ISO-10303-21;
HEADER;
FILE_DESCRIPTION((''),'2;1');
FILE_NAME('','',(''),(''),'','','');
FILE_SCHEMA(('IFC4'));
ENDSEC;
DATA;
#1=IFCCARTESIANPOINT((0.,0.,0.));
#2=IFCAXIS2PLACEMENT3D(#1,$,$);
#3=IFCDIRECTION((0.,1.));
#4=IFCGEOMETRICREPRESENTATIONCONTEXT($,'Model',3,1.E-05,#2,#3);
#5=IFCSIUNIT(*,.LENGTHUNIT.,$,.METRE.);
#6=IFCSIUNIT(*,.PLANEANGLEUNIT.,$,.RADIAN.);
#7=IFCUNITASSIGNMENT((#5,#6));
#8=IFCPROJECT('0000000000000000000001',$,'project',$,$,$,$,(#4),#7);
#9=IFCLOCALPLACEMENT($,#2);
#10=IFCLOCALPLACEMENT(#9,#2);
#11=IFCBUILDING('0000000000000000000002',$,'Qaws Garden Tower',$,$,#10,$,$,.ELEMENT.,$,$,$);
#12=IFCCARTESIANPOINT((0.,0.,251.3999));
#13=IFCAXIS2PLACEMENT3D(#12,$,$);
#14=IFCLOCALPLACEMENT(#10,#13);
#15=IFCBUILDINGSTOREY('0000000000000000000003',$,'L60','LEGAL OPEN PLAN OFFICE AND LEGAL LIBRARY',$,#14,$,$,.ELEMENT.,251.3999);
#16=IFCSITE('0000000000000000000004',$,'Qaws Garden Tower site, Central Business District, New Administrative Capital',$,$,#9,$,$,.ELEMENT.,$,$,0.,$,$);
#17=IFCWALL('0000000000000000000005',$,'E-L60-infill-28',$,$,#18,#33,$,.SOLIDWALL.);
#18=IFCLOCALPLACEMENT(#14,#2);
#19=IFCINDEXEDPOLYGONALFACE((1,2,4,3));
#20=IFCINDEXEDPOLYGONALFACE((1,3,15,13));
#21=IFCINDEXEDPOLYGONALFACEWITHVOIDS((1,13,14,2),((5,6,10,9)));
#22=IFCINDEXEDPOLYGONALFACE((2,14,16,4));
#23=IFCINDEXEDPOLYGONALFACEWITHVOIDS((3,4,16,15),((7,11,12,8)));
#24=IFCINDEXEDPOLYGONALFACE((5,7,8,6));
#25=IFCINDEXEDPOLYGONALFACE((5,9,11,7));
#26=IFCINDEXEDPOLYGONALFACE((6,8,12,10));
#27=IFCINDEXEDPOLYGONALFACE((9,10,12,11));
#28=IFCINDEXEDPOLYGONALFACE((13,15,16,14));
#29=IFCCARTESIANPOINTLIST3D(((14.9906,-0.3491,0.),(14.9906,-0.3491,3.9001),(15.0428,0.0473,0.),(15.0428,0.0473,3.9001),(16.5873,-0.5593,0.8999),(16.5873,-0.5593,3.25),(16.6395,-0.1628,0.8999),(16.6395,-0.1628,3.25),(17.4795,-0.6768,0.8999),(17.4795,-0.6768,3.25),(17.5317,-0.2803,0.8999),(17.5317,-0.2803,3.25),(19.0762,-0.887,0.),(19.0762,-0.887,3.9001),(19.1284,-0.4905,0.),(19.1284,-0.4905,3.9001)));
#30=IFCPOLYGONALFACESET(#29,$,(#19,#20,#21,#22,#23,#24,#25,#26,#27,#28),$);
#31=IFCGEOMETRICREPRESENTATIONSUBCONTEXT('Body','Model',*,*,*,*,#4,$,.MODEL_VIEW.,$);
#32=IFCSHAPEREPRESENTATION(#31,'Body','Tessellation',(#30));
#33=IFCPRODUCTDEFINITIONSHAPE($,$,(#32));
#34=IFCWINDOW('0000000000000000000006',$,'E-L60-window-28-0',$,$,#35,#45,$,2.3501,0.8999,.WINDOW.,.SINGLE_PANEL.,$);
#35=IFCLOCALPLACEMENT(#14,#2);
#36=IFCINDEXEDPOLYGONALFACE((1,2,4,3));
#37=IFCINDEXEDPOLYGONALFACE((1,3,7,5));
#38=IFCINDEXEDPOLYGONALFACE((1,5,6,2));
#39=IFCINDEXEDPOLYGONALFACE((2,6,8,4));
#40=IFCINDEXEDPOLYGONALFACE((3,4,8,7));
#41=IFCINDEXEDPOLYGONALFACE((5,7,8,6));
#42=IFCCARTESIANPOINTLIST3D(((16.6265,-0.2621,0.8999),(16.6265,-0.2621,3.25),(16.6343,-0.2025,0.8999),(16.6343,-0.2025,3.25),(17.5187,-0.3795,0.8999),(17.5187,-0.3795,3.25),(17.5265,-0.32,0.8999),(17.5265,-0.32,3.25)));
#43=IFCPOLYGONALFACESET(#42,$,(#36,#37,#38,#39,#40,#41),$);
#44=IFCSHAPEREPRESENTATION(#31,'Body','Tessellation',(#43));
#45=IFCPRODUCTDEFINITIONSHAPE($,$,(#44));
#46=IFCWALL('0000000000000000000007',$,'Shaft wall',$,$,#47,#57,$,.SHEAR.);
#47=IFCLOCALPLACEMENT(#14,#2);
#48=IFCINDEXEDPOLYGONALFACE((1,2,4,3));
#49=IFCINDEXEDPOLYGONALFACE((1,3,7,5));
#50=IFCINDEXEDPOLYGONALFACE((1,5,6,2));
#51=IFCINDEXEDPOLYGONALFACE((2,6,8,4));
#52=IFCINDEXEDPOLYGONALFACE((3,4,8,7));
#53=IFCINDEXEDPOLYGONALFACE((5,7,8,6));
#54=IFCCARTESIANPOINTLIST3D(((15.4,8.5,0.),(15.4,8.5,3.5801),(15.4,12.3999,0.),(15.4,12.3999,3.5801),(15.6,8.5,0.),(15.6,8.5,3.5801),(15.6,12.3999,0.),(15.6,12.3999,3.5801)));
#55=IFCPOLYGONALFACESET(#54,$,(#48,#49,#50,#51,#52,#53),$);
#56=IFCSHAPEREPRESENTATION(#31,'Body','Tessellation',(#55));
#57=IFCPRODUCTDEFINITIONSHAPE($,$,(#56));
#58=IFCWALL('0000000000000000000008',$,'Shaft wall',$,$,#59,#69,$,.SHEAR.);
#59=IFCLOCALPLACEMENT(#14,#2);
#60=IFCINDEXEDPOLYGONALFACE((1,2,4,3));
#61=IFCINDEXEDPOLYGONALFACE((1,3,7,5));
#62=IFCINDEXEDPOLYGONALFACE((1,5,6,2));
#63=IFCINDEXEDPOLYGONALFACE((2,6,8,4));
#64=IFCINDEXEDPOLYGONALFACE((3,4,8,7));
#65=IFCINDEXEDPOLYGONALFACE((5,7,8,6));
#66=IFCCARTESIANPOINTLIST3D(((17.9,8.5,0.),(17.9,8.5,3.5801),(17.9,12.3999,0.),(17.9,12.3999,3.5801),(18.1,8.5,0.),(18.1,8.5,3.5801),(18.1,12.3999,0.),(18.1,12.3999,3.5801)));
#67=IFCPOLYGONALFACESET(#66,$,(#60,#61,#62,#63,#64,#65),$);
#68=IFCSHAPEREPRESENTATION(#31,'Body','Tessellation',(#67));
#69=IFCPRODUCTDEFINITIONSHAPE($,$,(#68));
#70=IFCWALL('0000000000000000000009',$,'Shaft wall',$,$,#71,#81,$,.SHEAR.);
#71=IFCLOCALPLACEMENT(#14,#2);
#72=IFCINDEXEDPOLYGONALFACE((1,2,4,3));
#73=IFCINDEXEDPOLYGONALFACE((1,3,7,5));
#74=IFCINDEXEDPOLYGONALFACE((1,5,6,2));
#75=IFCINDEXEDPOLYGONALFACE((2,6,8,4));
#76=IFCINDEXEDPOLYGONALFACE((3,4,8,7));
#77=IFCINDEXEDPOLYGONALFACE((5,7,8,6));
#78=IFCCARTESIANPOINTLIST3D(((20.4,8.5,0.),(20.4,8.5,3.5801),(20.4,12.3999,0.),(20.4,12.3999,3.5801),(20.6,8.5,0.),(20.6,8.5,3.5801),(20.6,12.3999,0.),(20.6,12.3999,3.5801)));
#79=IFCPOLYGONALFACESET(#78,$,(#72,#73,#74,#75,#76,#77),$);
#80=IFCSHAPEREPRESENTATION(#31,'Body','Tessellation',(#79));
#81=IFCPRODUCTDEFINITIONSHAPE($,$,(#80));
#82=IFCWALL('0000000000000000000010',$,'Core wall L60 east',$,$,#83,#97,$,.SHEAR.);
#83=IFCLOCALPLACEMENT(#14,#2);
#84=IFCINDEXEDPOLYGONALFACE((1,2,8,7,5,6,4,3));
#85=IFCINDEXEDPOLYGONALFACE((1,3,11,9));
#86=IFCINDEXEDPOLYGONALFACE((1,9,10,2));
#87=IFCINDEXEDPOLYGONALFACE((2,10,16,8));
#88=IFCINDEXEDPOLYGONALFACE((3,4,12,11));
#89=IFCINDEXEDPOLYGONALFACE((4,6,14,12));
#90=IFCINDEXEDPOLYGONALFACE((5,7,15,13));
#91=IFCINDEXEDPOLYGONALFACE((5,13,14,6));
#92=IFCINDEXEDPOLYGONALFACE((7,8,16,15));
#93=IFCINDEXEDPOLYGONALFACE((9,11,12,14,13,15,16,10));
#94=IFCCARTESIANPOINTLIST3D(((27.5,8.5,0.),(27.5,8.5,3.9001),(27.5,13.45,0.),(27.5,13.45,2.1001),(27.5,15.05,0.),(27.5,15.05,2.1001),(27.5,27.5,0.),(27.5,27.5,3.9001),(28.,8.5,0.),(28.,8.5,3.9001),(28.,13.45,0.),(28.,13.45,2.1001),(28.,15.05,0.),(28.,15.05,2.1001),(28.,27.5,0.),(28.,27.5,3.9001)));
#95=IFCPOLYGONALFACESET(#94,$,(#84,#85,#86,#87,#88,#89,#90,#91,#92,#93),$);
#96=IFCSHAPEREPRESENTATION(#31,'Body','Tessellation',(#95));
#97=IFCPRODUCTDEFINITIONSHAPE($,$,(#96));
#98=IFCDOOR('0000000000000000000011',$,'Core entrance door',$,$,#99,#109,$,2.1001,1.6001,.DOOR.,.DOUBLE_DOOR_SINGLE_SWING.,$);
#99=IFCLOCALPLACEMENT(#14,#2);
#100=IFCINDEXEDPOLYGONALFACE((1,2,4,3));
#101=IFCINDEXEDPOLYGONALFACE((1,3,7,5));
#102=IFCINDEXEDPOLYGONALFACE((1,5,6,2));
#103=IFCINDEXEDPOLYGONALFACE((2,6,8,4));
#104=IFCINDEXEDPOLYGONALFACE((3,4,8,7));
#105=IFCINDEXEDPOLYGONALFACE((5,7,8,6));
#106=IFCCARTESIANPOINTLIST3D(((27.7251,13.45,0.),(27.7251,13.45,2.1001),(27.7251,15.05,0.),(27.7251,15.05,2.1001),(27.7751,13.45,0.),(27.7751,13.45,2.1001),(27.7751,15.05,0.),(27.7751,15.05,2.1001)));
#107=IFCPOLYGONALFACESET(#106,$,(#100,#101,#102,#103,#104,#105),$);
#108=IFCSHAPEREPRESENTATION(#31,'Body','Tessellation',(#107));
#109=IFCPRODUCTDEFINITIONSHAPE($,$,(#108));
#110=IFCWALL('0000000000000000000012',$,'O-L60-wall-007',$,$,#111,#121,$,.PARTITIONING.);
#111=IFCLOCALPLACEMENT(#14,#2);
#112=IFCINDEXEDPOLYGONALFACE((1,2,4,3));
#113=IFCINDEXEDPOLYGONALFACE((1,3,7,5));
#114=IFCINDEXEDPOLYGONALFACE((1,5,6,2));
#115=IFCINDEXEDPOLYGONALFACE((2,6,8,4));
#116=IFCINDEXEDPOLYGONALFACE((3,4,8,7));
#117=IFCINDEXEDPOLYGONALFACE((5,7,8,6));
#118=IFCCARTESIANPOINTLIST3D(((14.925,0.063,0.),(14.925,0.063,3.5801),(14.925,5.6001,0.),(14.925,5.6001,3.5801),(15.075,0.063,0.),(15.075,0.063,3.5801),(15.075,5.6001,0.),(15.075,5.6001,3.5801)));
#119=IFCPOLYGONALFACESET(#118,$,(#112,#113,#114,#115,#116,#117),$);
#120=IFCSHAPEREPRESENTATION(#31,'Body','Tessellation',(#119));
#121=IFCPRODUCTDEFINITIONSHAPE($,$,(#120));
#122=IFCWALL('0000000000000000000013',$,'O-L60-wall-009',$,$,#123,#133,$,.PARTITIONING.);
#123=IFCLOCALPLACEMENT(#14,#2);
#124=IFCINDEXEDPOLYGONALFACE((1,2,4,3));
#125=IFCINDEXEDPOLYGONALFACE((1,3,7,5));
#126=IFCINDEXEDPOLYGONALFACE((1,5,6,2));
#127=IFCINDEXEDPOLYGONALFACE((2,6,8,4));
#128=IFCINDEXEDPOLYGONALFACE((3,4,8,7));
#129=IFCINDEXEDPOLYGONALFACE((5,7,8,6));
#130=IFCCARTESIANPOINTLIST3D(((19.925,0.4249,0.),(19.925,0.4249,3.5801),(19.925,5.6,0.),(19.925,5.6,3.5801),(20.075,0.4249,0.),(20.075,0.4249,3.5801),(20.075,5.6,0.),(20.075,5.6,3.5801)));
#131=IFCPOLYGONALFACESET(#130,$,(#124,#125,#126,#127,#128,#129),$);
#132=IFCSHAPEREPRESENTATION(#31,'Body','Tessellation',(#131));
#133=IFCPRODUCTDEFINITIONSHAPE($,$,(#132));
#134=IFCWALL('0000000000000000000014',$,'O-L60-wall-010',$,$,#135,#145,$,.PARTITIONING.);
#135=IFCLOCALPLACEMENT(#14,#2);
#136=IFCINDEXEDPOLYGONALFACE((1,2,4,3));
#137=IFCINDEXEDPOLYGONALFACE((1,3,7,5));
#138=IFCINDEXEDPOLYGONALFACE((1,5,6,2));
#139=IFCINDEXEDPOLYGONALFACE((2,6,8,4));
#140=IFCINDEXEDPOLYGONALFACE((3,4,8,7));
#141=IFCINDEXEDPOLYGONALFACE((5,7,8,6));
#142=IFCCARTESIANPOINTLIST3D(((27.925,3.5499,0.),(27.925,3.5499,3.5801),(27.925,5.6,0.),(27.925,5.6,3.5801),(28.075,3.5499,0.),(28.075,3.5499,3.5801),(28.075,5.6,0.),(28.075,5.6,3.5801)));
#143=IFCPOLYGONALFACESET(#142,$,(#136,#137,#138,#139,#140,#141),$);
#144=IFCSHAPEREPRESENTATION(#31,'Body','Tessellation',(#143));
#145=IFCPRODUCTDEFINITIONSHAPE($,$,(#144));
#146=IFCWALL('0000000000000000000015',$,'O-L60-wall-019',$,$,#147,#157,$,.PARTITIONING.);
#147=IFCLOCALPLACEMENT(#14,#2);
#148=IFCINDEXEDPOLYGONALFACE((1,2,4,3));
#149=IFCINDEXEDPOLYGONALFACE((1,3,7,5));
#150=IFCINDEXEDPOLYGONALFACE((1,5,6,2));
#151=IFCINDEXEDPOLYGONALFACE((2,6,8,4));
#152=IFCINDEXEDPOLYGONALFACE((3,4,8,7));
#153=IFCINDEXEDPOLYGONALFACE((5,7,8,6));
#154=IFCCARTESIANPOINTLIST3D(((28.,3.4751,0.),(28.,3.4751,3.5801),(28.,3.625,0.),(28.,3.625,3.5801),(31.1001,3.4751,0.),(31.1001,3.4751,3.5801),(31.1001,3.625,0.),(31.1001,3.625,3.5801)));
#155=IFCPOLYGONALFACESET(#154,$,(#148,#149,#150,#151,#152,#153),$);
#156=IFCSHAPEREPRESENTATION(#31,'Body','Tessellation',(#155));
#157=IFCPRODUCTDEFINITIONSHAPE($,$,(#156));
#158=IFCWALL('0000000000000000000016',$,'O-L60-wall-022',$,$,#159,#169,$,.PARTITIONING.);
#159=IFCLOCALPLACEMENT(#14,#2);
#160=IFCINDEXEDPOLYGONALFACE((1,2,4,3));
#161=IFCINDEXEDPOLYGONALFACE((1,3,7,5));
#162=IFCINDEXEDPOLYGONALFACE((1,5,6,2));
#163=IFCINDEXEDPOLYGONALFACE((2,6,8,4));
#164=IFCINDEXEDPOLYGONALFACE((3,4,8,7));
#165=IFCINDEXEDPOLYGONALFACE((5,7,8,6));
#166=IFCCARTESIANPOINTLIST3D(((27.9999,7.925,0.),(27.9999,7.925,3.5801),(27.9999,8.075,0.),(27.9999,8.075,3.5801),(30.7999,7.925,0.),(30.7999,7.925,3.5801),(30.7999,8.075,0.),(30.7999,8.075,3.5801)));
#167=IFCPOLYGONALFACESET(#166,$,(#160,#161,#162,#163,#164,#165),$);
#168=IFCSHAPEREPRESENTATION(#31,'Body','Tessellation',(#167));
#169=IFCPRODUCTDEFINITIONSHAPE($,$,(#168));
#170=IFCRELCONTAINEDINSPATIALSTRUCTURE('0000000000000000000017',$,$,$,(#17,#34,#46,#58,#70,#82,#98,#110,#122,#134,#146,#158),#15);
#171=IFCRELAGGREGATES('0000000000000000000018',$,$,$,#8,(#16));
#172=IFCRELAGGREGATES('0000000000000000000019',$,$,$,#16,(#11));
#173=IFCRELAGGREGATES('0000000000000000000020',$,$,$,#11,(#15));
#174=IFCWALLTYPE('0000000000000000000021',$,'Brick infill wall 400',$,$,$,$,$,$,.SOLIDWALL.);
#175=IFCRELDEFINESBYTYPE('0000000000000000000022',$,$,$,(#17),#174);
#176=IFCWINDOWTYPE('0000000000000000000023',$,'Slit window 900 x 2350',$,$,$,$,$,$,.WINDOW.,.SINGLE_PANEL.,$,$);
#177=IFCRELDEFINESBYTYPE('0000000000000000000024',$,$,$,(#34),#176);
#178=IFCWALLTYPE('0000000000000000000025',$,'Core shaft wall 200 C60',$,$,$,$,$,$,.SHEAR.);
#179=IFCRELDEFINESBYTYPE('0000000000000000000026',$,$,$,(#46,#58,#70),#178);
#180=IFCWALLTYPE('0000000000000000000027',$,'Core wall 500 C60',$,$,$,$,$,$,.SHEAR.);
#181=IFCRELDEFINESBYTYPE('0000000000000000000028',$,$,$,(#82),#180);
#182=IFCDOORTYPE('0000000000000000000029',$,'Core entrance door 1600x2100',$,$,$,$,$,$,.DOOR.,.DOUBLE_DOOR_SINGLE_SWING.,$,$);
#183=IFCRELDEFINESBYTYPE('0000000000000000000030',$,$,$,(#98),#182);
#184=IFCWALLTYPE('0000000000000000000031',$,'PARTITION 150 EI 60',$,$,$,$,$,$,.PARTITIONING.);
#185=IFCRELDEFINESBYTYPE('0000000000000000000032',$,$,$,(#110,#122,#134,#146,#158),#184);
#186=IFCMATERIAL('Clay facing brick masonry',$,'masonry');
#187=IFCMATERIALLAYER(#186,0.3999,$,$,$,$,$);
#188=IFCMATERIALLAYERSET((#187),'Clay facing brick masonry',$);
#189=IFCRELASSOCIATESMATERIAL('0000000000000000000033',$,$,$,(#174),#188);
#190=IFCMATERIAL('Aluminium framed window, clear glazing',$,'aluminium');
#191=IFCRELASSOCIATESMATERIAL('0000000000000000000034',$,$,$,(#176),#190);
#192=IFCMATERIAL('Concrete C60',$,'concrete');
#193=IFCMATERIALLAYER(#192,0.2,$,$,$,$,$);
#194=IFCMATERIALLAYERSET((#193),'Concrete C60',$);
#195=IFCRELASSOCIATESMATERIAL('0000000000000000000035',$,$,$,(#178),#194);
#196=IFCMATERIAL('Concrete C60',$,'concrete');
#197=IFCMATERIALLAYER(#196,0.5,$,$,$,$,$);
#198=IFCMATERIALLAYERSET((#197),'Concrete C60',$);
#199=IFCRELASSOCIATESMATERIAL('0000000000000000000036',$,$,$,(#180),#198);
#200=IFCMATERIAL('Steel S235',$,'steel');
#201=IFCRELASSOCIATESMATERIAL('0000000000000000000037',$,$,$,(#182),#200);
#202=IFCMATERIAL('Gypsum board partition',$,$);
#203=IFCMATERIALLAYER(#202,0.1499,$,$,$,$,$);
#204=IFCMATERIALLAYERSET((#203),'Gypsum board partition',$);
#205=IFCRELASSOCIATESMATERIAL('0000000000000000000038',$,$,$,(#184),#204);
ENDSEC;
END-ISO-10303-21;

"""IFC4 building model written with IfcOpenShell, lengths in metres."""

from ifc_helpers import new_model, si_unit, direction, frame, frame_2d, origin, place, context, subcontext, project, spatial, rectangle, extrude, material, layer, layer_set, type_object, element, fill, save


model = new_model("IFC4")

# Units and contexts
model_context = context("Model", 3, precision=1e-05, world=origin(), true_north=direction((0.0, 1.0)))
body_context = subcontext(model_context, "Body", "Model", "MODEL_VIEW")
ifc_project = project(units=[si_unit("LENGTHUNIT", "METRE"), si_unit("PLANEANGLEUNIT", "RADIAN")], contexts=[model_context])

# Site, building, storey
site_placement = place(None, origin())
site = spatial("IfcSite", under=ifc_project, at=site_placement, Name="Qaws Garden Tower site, Central Business District, New Administrative Capital", CompositionType="ELEMENT", RefElevation=0.0)
building_placement = place(site_placement, origin())
building = spatial("IfcBuilding", under=site, at=building_placement, Name="Qaws Garden Tower", CompositionType="ELEMENT")
storey_placement = place(building_placement, frame((0.0, 0.0, 251.3999)))
storey = spatial("IfcBuildingStorey", under=building, at=storey_placement, Name="L60", Description="LEGAL OPEN PLAN OFFICE AND LEGAL LIBRARY", CompositionType="ELEMENT", Elevation=251.3999)

# Shared definitions
ifc_material_1 = material(Name="Clay facing brick masonry", Category="masonry")
ifc_layer_1 = layer(ifc_material_1, 0.3999)
ifc_layer_set_1 = layer_set([ifc_layer_1], Name="Clay facing brick masonry")
wall_type_1 = type_object("IfcWallType", Name="Brick infill wall 400", PredefinedType="SOLIDWALL", material=ifc_layer_set_1)
ifc_material_2 = material(Name="Aluminium framed window, clear glazing", Category="aluminium")
window_type = type_object("IfcWindowType", Name="Slit window 900 x 2350", PartitioningType="SINGLE_PANEL", PredefinedType="WINDOW", material=ifc_material_2)

# Wall, opening, window
wall_1_placement = place(storey_placement, frame((15.0166, -0.1509, 0.0), z_axis=(0.0, 0.0, 1.0), x_axis=(0.991446, -0.130514, 0.0)))
wall_1 = element("IfcWall", 1, at=wall_1_placement, inside=storey, type_object=wall_type_1, Name="E-L60-infill-28", PredefinedType="SOLIDWALL", context=body_context, shape_type="SweptSolid", body=[
    extrude(rectangle(XDim=4.1208, YDim=0.3999, at=frame_2d((2.0605, 0.0))), origin(), (0.0, 0.0, 1.0), 3.9001),
])
opening_1_placement = place(wall_1_placement, frame((1.6106, 0.0, 0.8999)))
opening_1 = element("IfcOpeningElement", 2, at=opening_1_placement, cuts=wall_1, PredefinedType="OPENING", context=body_context, shape_type="SweptSolid", body=[
    extrude(rectangle(XDim=0.8999, YDim=2.3501, at=frame_2d((0.45, 1.175))), frame((0.0, 0.21, 0.0), z_axis=(0.0, -1.0, 0.0), x_axis=(1.0, 0.0, 0.0)), (0.0, 0.0, 1.0), 0.4199),
])
window_1_placement = place(opening_1_placement, origin())
window_1 = element("IfcWindow", 3, at=window_1_placement, inside=storey, type_object=window_type, Name="E-L60-window-28-0", OverallHeight=2.3501, OverallWidth=0.8999, PartitioningType="SINGLE_PANEL", PredefinedType="WINDOW", context=body_context, shape_type="SweptSolid", body=[
    extrude(rectangle(XDim=0.8999, YDim=2.3501, at=frame_2d((0.45, 1.175))), frame((0.0, 0.1599, 0.0), z_axis=(0.0, -1.0, 0.0), x_axis=(1.0, 0.0, 0.0)), (0.0, 0.0, 1.0), 0.0601),
])
fill(opening_1, window_1)

# Walls
ifc_material_3 = material(Name="Concrete C60", Category="concrete")
ifc_layer_2 = layer(ifc_material_3, 0.2)
ifc_layer_set_2 = layer_set([ifc_layer_2], Name="Concrete C60")
wall_type_2 = type_object("IfcWallType", Name="Core shaft wall 200 C60", PredefinedType="SHEAR", material=ifc_layer_set_2)
for number, where, z_axis, x_axis, name in (
    (4, (15.5, 8.5, 0.0), (0.0, 0.0, 1.0), (0.0, 1.0, 0.0), "Shaft wall"),
    (5, (18.0, 8.5, 0.0), (0.0, 0.0, 1.0), (0.0, 1.0, 0.0), "Shaft wall"),
    (6, (20.5, 8.5, 0.0), (0.0, 0.0, 1.0), (0.0, 1.0, 0.0), "Shaft wall"),
):
    element("IfcWall", number, at=place(storey_placement, frame(where, z_axis=z_axis, x_axis=x_axis)), inside=storey, type_object=wall_type_2, Name=name, PredefinedType="SHEAR", context=body_context, shape_type="SweptSolid", body=[
        extrude(rectangle(XDim=3.8999, YDim=0.2, at=frame_2d((1.95, 0.0))), origin(), (0.0, 0.0, 1.0), 3.5801),
    ])

# Wall, opening, door
ifc_material_4 = material(Name="Concrete C60", Category="concrete")
ifc_layer_3 = layer(ifc_material_4, 0.5)
ifc_layer_set_3 = layer_set([ifc_layer_3], Name="Concrete C60")
wall_type_3 = type_object("IfcWallType", Name="Core wall 500 C60", PredefinedType="SHEAR", material=ifc_layer_set_3)
wall_2_placement = place(storey_placement, frame((27.75, 8.5, 0.0), z_axis=(0.0, 0.0, 1.0), x_axis=(0.0, 1.0, 0.0)))
wall_2 = element("IfcWall", 7, at=wall_2_placement, inside=storey, type_object=wall_type_3, Name="Core wall L60 east", PredefinedType="SHEAR", context=body_context, shape_type="SweptSolid", body=[
    extrude(rectangle(XDim=19.0, YDim=0.5, at=frame_2d((9.5, 0.0))), origin(), (0.0, 0.0, 1.0), 3.9001),
])
opening_2_placement = place(wall_2_placement, frame((4.95, 0.0, 0.0)))
opening_2 = element("IfcOpeningElement", 8, at=opening_2_placement, cuts=wall_2, PredefinedType="OPENING", context=body_context, shape_type="SweptSolid", body=[
    extrude(rectangle(XDim=1.6001, YDim=2.1001, at=frame_2d((0.8, 1.05))), frame((0.0, 0.26, 0.0), z_axis=(0.0, -1.0, 0.0), x_axis=(1.0, 0.0, 0.0)), (0.0, 0.0, 1.0), 0.52),
])
ifc_material_5 = material(Name="Steel S235", Category="steel")
door_type = type_object("IfcDoorType", Name="Core entrance door 1600x2100", OperationType="DOUBLE_DOOR_SINGLE_SWING", PredefinedType="DOOR", material=ifc_material_5)
door_placement = place(opening_2_placement, origin())
door = element("IfcDoor", 9, at=door_placement, inside=storey, type_object=door_type, Name="Core entrance door", OperationType="DOUBLE_DOOR_SINGLE_SWING", OverallHeight=2.1001, OverallWidth=1.6001, PredefinedType="DOOR", context=body_context, shape_type="SweptSolid", body=[
    extrude(rectangle(XDim=1.6001, YDim=2.1001, at=frame_2d((0.8, 1.05))), frame((0.0, 0.0249, 0.0), z_axis=(0.0, -1.0, 0.0), x_axis=(1.0, 0.0, 0.0)), (0.0, 0.0, 1.0), 0.05),
])
fill(opening_2, door)

# Walls
ifc_material_6 = material(Name="Gypsum board partition")
ifc_layer_4 = layer(ifc_material_6, 0.1499)
ifc_layer_set_4 = layer_set([ifc_layer_4], Name="Gypsum board partition")
wall_type_4 = type_object("IfcWallType", Name="PARTITION 150 EI 60", PredefinedType="PARTITIONING", material=ifc_layer_set_4)
wall_3_placement = place(storey_placement, frame((15.0, 0.063, 0.0), z_axis=(0.0, 0.0, 1.0), x_axis=(0.0, 1.0, 0.0)))
element("IfcWall", 10, at=wall_3_placement, inside=storey, type_object=wall_type_4, Name="O-L60-wall-007", PredefinedType="PARTITIONING", context=body_context, shape_type="SweptSolid", body=[
    extrude(rectangle(XDim=5.5371, YDim=0.1499, at=frame_2d((2.7686, 0.0))), origin(), (0.0, 0.0, 1.0), 3.5801),
])
wall_4_placement = place(storey_placement, frame((20.0, 0.425, 0.0), z_axis=(0.0, 0.0, 1.0), x_axis=(0.0, 1.0, 0.0)))
element("IfcWall", 11, at=wall_4_placement, inside=storey, type_object=wall_type_4, Name="O-L60-wall-009", PredefinedType="PARTITIONING", context=body_context, shape_type="SweptSolid", body=[
    extrude(rectangle(XDim=5.175, YDim=0.1499, at=frame_2d((2.5874, 0.0))), origin(), (0.0, 0.0, 1.0), 3.5801),
])
wall_5_placement = place(storey_placement, frame((28.0, 3.55, 0.0), z_axis=(0.0, 0.0, 1.0), x_axis=(0.0, 1.0, 0.0)))
element("IfcWall", 12, at=wall_5_placement, inside=storey, type_object=wall_type_4, Name="O-L60-wall-010", PredefinedType="PARTITIONING", context=body_context, shape_type="SweptSolid", body=[
    extrude(rectangle(XDim=2.05, YDim=0.1499, at=frame_2d((1.0249, 0.0))), origin(), (0.0, 0.0, 1.0), 3.5801),
])
wall_6_placement = place(storey_placement, frame((28.0, 3.55, 0.0), z_axis=(0.0, 0.0, 1.0), x_axis=(1.0, 0.0, 0.0)))
element("IfcWall", 13, at=wall_6_placement, inside=storey, type_object=wall_type_4, Name="O-L60-wall-019", PredefinedType="PARTITIONING", context=body_context, shape_type="SweptSolid", body=[
    extrude(rectangle(XDim=3.1001, YDim=0.1499, at=frame_2d((1.55, 0.0))), origin(), (0.0, 0.0, 1.0), 3.5801),
])
wall_7_placement = place(storey_placement, frame((28.0, 8.0, 0.0), z_axis=(0.0, 0.0, 1.0), x_axis=(1.0, 0.0, 0.0)))
element("IfcWall", 14, at=wall_7_placement, inside=storey, type_object=wall_type_4, Name="O-L60-wall-022", PredefinedType="PARTITIONING", context=body_context, shape_type="SweptSolid", body=[
    extrude(rectangle(XDim=2.8, YDim=0.1499, at=frame_2d((1.3999, 0.0))), origin(), (0.0, 0.0, 1.0), 3.5801),
])

save(model, "model.ifc")
